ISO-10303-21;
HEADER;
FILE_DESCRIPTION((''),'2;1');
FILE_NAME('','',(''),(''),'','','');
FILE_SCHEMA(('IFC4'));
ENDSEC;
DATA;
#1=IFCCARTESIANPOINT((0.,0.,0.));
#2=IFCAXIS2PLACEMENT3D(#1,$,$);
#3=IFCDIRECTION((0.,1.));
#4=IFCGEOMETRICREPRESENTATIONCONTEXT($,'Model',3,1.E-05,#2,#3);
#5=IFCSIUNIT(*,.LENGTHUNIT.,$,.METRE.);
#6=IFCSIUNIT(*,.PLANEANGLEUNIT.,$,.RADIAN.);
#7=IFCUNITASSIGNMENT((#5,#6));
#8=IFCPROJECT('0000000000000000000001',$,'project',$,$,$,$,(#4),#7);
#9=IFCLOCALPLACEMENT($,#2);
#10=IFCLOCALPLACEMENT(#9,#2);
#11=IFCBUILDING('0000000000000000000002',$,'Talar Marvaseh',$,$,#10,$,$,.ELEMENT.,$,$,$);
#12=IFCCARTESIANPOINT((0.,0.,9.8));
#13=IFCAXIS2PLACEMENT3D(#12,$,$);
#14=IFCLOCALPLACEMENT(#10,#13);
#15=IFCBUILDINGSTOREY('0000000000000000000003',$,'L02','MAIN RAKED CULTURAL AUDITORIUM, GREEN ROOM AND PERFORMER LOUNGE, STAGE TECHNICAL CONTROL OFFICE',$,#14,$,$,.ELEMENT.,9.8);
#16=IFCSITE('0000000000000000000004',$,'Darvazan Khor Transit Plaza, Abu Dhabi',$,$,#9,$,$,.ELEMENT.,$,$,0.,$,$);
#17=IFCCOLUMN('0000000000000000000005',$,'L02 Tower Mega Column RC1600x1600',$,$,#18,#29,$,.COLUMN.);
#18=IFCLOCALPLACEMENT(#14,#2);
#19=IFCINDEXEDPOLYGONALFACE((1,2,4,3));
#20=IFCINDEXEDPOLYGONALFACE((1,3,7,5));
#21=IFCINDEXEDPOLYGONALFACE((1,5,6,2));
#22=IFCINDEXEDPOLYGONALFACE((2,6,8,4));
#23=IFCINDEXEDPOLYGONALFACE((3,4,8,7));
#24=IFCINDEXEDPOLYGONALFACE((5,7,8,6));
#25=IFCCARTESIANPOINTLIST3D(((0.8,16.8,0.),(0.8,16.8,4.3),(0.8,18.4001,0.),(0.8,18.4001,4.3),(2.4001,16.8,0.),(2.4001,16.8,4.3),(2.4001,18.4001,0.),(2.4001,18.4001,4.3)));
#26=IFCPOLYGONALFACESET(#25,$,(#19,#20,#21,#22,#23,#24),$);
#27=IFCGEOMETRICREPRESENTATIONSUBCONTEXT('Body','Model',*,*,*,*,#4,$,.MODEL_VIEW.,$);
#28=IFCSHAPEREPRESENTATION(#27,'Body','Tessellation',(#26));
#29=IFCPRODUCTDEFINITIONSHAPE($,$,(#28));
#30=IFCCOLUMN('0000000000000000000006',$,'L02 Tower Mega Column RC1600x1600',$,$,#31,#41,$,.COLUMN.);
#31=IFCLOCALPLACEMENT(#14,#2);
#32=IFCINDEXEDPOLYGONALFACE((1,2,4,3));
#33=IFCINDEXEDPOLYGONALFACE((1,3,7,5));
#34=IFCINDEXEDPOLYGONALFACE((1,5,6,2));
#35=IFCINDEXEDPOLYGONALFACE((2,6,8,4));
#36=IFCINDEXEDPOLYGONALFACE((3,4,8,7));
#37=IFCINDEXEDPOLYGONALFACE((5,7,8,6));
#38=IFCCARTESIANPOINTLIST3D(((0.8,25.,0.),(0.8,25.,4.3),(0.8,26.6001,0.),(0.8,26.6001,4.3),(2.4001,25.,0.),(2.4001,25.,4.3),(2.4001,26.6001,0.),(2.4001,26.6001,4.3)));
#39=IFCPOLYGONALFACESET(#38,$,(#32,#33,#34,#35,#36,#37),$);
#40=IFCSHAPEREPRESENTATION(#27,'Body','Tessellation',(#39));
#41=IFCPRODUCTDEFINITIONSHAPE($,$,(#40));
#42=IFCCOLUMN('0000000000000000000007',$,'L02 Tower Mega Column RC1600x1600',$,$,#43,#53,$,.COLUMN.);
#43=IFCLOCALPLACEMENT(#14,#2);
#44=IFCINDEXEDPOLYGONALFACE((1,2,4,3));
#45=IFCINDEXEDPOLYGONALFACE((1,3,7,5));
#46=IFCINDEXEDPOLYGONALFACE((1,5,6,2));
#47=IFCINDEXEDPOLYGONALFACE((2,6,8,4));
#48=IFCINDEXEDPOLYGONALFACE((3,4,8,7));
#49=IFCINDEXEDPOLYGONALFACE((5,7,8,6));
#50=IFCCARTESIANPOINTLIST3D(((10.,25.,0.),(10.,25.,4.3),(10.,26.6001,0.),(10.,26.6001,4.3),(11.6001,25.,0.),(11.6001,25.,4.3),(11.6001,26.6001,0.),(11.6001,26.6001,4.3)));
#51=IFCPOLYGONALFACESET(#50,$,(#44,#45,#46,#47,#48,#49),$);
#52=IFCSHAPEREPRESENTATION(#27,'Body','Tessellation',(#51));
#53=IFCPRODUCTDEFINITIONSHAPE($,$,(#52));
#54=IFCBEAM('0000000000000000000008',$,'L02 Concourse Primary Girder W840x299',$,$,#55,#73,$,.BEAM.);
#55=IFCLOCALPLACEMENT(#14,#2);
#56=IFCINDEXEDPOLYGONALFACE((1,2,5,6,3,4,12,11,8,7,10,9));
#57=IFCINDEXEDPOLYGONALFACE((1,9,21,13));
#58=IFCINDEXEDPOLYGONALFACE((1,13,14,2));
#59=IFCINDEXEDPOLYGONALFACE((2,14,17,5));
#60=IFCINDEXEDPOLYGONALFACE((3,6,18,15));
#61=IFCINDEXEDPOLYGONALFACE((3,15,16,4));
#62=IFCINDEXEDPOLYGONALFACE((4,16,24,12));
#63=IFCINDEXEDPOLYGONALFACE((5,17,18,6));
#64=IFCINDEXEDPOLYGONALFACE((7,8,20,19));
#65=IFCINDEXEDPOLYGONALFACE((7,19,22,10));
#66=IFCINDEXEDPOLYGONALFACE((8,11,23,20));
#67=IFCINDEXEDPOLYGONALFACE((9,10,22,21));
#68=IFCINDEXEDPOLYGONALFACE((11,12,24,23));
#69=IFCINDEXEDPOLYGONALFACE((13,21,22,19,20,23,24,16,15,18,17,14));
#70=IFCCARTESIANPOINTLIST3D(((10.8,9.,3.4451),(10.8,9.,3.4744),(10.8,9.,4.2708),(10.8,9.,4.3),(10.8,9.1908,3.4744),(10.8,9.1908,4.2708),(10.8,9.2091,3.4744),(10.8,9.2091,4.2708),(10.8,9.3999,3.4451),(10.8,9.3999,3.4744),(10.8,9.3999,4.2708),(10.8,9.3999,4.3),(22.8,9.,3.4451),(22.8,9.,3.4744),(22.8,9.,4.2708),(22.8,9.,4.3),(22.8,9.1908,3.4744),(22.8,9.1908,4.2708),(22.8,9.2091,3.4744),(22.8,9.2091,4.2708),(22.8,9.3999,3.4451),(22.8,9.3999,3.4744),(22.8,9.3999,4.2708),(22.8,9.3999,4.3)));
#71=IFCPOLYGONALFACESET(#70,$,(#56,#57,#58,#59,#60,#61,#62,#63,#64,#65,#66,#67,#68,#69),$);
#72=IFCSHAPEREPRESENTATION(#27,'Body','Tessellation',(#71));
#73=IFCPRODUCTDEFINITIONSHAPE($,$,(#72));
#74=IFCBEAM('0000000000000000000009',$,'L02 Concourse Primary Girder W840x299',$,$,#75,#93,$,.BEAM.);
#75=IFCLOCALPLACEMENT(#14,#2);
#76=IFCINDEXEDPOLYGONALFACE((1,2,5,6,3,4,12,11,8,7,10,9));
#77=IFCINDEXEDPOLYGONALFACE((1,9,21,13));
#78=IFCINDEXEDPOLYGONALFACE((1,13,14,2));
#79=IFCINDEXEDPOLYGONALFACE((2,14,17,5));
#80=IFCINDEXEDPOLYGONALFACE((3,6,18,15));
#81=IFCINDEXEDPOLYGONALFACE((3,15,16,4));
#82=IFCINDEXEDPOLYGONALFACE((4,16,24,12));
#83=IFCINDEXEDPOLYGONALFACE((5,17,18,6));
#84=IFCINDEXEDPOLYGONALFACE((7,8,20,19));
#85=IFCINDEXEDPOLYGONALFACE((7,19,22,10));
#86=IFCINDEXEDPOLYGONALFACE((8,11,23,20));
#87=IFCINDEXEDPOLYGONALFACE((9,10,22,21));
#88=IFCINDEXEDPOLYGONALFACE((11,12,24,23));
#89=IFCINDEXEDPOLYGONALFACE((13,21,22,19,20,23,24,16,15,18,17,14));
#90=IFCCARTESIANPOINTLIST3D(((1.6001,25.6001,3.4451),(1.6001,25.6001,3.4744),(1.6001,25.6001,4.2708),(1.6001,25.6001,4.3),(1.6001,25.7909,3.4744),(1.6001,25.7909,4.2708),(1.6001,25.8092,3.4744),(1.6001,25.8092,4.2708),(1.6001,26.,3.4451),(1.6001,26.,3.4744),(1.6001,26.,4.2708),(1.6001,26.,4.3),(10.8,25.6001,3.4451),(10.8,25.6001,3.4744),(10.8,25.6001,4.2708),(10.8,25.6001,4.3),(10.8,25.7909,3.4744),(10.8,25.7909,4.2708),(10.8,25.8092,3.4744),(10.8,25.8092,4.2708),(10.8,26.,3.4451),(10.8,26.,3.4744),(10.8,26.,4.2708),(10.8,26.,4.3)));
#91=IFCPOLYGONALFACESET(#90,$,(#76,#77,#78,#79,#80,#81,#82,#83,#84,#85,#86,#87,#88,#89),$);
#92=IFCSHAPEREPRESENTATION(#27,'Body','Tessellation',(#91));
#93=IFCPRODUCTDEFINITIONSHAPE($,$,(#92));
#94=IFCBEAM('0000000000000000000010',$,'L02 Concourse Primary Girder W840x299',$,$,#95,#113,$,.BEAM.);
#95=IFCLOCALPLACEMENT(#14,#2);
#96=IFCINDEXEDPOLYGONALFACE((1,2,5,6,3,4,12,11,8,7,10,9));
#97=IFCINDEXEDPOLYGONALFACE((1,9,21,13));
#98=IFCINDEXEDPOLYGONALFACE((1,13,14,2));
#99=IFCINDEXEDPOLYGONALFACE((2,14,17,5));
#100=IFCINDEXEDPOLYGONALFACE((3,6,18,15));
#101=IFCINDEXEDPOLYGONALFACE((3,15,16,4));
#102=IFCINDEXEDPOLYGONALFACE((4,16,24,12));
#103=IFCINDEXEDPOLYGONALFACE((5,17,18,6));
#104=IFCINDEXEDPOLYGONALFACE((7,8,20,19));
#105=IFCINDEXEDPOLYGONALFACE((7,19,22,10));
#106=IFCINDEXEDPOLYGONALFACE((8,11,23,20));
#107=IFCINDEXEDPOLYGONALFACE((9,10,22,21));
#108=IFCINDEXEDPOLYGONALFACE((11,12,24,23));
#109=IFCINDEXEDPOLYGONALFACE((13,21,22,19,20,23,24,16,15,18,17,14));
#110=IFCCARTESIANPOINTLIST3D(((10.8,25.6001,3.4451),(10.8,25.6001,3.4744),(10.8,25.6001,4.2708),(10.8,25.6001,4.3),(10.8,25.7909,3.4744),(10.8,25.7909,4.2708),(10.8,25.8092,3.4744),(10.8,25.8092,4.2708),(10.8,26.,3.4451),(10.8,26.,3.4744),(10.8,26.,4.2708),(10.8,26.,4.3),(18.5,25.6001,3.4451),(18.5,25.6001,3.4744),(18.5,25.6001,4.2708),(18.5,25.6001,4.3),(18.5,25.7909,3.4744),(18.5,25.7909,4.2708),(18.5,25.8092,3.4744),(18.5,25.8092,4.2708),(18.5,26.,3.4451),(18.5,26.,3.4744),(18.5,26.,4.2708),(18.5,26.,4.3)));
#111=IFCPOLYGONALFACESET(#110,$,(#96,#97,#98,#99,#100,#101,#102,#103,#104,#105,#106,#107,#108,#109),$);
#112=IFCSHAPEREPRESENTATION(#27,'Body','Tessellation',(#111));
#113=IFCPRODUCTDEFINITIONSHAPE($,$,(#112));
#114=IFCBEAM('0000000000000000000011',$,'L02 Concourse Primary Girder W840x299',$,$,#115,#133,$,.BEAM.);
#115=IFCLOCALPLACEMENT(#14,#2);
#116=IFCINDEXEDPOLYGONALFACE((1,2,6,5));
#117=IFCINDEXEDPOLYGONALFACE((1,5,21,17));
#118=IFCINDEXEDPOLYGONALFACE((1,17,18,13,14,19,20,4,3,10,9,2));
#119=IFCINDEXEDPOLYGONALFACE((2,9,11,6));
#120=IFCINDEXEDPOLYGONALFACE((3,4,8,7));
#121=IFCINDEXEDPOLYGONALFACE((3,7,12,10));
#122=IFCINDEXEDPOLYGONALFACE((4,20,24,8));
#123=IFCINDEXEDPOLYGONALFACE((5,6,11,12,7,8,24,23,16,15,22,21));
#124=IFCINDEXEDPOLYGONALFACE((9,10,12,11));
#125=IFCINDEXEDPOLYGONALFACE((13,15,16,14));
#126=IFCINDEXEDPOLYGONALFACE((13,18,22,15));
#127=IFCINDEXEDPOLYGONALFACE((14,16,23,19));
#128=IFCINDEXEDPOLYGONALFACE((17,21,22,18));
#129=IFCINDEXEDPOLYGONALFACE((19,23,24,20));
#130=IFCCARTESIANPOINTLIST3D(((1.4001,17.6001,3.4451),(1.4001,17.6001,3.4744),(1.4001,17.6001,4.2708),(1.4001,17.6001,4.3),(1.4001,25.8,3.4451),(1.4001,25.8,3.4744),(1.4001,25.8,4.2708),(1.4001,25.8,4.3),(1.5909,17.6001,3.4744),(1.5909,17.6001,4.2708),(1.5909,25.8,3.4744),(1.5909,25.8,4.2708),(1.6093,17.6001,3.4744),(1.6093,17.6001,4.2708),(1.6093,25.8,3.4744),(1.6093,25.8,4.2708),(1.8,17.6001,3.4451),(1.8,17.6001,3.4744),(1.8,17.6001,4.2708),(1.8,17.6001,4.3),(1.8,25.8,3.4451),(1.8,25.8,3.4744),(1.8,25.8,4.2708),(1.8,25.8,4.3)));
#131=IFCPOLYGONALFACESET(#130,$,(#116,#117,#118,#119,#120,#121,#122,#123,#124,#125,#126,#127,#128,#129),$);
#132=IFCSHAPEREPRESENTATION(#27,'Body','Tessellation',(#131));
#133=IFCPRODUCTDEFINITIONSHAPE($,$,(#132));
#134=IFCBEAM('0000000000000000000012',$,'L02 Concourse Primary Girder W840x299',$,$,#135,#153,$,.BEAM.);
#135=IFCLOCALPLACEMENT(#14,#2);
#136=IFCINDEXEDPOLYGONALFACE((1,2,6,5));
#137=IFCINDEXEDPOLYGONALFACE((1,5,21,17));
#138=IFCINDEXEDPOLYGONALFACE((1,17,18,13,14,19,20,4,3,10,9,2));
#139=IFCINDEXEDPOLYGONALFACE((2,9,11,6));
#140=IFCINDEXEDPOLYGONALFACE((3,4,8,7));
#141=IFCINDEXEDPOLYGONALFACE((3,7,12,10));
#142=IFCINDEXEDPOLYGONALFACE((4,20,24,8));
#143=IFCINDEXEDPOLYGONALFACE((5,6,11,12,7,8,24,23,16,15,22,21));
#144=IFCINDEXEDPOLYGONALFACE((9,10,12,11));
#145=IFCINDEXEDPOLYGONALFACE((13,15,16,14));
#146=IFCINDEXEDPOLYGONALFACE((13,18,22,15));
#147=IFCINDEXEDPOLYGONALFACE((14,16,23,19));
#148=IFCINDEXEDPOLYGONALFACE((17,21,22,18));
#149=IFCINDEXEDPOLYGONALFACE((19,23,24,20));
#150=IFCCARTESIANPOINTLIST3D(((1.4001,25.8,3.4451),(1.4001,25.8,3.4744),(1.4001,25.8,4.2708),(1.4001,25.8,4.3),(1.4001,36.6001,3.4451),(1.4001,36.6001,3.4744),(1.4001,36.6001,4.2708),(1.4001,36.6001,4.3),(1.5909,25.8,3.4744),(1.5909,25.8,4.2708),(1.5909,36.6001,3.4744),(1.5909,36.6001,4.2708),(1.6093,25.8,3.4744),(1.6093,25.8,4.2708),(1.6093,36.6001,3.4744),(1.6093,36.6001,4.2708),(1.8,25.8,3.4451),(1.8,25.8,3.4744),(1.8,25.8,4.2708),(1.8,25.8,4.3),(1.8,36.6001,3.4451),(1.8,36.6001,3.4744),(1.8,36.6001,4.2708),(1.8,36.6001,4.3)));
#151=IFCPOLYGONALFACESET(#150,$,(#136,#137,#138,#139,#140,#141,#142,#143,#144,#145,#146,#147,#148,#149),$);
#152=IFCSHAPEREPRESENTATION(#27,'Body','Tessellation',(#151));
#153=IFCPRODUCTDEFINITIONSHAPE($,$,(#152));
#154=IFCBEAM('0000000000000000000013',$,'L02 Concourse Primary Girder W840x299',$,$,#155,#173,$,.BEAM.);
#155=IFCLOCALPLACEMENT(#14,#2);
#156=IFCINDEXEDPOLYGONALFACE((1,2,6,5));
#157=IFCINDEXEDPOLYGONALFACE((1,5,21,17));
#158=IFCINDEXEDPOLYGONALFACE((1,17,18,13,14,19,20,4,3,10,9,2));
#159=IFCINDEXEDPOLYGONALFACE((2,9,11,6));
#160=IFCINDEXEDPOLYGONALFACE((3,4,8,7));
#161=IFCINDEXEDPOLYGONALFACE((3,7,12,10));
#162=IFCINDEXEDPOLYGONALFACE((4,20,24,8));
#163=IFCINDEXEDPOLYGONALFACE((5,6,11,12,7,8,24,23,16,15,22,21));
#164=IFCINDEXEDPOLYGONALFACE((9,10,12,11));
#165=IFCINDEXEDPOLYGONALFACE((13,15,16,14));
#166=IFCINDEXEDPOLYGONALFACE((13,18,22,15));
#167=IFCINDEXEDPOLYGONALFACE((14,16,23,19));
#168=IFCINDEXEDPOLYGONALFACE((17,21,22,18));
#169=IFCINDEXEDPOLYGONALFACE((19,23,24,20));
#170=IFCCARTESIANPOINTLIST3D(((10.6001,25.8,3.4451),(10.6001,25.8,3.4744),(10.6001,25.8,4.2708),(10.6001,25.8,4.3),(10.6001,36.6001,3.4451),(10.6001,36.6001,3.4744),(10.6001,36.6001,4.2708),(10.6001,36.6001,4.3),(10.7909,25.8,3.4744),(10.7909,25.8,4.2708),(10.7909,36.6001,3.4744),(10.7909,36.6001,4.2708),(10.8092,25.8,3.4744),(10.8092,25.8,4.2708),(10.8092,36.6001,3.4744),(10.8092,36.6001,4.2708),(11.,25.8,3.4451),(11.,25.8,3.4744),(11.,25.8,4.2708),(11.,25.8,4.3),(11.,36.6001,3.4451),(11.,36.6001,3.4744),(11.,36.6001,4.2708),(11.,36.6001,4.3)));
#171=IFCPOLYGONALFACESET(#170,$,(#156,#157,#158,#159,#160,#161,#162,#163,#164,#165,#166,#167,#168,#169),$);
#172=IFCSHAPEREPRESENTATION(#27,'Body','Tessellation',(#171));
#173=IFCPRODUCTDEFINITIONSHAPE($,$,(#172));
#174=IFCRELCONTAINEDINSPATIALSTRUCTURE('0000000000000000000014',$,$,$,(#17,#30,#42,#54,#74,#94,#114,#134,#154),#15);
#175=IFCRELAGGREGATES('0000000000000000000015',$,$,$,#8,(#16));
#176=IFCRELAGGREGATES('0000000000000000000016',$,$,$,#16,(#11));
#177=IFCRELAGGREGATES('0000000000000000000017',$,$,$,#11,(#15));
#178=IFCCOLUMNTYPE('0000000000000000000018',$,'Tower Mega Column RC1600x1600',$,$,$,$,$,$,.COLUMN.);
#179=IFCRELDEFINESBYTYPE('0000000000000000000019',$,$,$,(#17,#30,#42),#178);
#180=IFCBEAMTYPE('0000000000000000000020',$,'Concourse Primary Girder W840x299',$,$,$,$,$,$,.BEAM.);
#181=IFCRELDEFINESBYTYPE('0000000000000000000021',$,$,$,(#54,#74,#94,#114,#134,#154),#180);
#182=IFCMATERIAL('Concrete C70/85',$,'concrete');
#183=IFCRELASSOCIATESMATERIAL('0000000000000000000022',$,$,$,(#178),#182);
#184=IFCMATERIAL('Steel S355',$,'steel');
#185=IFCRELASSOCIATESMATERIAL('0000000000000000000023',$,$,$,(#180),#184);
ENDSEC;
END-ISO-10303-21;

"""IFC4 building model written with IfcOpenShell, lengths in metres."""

from ifc_helpers import new_model, si_unit, direction, frame, origin, origin_2d, place, context, subcontext, project, spatial, rectangle, i_section, extrude, material, material_profile, profile_set, type_object, element, save


model = new_model("IFC4")

# Units and contexts
model_context = context("Model", 3, precision=1e-05, world=origin(), true_north=direction((0.0, 1.0)))
body_context = subcontext(model_context, "Body", "Model", "MODEL_VIEW")
ifc_project = project(units=[si_unit("LENGTHUNIT", "METRE"), si_unit("PLANEANGLEUNIT", "RADIAN")], contexts=[model_context])

# Site, building, storey
site_placement = place(None, origin())
site = spatial("IfcSite", under=ifc_project, at=site_placement, Name="Darvazan Khor Transit Plaza, Abu Dhabi", CompositionType="ELEMENT", RefElevation=0.0)
building_placement = place(site_placement, origin())
building = spatial("IfcBuilding", under=site, at=building_placement, Name="Talar Marvaseh", CompositionType="ELEMENT")
storey_placement = place(building_placement, frame((0.0, 0.0, 9.8)))
storey = spatial("IfcBuildingStorey", under=building, at=storey_placement, Name="L02", Description="MAIN RAKED CULTURAL AUDITORIUM, GREEN ROOM AND PERFORMER LOUNGE, STAGE TECHNICAL CONTROL OFFICE", CompositionType="ELEMENT", Elevation=9.8)

# Columns
ifc_material_1 = material(Name="Concrete C70/85", Category="concrete")
ifc_material_profile_1 = material_profile(ifc_material_1, rectangle(XDim=1.6001, YDim=1.6001, at=origin_2d()), Name="RC1600x1600")
ifc_profile_set_1 = profile_set([ifc_material_profile_1], Name="Concrete C70/85")
column_type = type_object("IfcColumnType", Name="Tower Mega Column RC1600x1600", PredefinedType="COLUMN", material=ifc_profile_set_1)
for number, where, z_axis, x_axis, name in (
    (1, (1.6001, 17.6001, 0.0), (0.0, 0.0, 1.0), (1.0, 0.0, 0.0), "L02 Tower Mega Column RC1600x1600"),
    (2, (1.6001, 25.8, 0.0), (0.0, 0.0, 1.0), (1.0, 0.0, 0.0), "L02 Tower Mega Column RC1600x1600"),
    (3, (10.8, 25.8, 0.0), (0.0, 0.0, 1.0), (1.0, 0.0, 0.0), "L02 Tower Mega Column RC1600x1600"),
):
    element("IfcColumn", number, at=place(storey_placement, frame(where, z_axis=z_axis, x_axis=x_axis)), inside=storey, type_object=column_type, Name=name, PredefinedType="COLUMN", context=body_context, shape_type="SweptSolid", body=[
        extrude(rectangle(XDim=1.6001, YDim=1.6001, at=origin_2d()), origin(), (0.0, 0.0, 1.0), 4.3),
    ])

# Beams
ifc_material_2 = material(Name="Steel S355", Category="steel")
ifc_material_profile_2 = material_profile(ifc_material_2, i_section(OverallWidth=0.3999, OverallDepth=0.855, WebThickness=0.0183, FlangeThickness=0.0293, at=origin_2d()), Name="W840x299")
ifc_profile_set_2 = profile_set([ifc_material_profile_2], Name="Steel S355")
beam_type = type_object("IfcBeamType", Name="Concourse Primary Girder W840x299", PredefinedType="BEAM", material=ifc_profile_set_2)
beam_1_placement = place(storey_placement, frame((10.8, 9.2, 3.8726), z_axis=(1.0, 0.0, 0.0), x_axis=(0.0, 1.0, 0.0)))
element("IfcBeam", 4, at=beam_1_placement, inside=storey, type_object=beam_type, Name="L02 Concourse Primary Girder W840x299", PredefinedType="BEAM", context=body_context, shape_type="SweptSolid", body=[
    extrude(i_section(OverallWidth=0.3999, OverallDepth=0.855, WebThickness=0.0183, FlangeThickness=0.0293, at=origin_2d()), origin(), (0.0, 0.0, 1.0), 12.0),
])
beam_2_placement = place(storey_placement, frame((1.6001, 25.8, 3.8726), z_axis=(1.0, 0.0, 0.0), x_axis=(0.0, 1.0, 0.0)))
element("IfcBeam", 5, at=beam_2_placement, inside=storey, type_object=beam_type, Name="L02 Concourse Primary Girder W840x299", PredefinedType="BEAM", context=body_context, shape_type="SweptSolid", body=[
    extrude(i_section(OverallWidth=0.3999, OverallDepth=0.855, WebThickness=0.0183, FlangeThickness=0.0293, at=origin_2d()), origin(), (0.0, 0.0, 1.0), 9.2),
])
beam_3_placement = place(storey_placement, frame((10.8, 25.8, 3.8726), z_axis=(1.0, 0.0, 0.0), x_axis=(0.0, 1.0, 0.0)))
element("IfcBeam", 6, at=beam_3_placement, inside=storey, type_object=beam_type, Name="L02 Concourse Primary Girder W840x299", PredefinedType="BEAM", context=body_context, shape_type="SweptSolid", body=[
    extrude(i_section(OverallWidth=0.3999, OverallDepth=0.855, WebThickness=0.0183, FlangeThickness=0.0293, at=origin_2d()), origin(), (0.0, 0.0, 1.0), 7.7),
])
beam_4_placement = place(storey_placement, frame((1.6001, 17.6001, 3.8726), z_axis=(0.0, 1.0, 0.0), x_axis=(-1.0, 0.0, 0.0)))
element("IfcBeam", 7, at=beam_4_placement, inside=storey, type_object=beam_type, Name="L02 Concourse Primary Girder W840x299", PredefinedType="BEAM", context=body_context, shape_type="SweptSolid", body=[
    extrude(i_section(OverallWidth=0.3999, OverallDepth=0.855, WebThickness=0.0183, FlangeThickness=0.0293, at=origin_2d()), origin(), (0.0, 0.0, 1.0), 8.2),
])
for number, where, z_axis, x_axis, name in (
    (8, (1.6001, 25.8, 3.8726), (0.0, 1.0, 0.0), (-1.0, 0.0, 0.0), "L02 Concourse Primary Girder W840x299"),
    (9, (10.8, 25.8, 3.8726), (0.0, 1.0, 0.0), (-1.0, 0.0, 0.0), "L02 Concourse Primary Girder W840x299"),
):
    element("IfcBeam", number, at=place(storey_placement, frame(where, z_axis=z_axis, x_axis=x_axis)), inside=storey, type_object=beam_type, Name=name, PredefinedType="BEAM", context=body_context, shape_type="SweptSolid", body=[
        extrude(i_section(OverallWidth=0.3999, OverallDepth=0.855, WebThickness=0.0183, FlangeThickness=0.0293, at=origin_2d()), origin(), (0.0, 0.0, 1.0), 10.8),
    ])

save(model, "model.ifc")
